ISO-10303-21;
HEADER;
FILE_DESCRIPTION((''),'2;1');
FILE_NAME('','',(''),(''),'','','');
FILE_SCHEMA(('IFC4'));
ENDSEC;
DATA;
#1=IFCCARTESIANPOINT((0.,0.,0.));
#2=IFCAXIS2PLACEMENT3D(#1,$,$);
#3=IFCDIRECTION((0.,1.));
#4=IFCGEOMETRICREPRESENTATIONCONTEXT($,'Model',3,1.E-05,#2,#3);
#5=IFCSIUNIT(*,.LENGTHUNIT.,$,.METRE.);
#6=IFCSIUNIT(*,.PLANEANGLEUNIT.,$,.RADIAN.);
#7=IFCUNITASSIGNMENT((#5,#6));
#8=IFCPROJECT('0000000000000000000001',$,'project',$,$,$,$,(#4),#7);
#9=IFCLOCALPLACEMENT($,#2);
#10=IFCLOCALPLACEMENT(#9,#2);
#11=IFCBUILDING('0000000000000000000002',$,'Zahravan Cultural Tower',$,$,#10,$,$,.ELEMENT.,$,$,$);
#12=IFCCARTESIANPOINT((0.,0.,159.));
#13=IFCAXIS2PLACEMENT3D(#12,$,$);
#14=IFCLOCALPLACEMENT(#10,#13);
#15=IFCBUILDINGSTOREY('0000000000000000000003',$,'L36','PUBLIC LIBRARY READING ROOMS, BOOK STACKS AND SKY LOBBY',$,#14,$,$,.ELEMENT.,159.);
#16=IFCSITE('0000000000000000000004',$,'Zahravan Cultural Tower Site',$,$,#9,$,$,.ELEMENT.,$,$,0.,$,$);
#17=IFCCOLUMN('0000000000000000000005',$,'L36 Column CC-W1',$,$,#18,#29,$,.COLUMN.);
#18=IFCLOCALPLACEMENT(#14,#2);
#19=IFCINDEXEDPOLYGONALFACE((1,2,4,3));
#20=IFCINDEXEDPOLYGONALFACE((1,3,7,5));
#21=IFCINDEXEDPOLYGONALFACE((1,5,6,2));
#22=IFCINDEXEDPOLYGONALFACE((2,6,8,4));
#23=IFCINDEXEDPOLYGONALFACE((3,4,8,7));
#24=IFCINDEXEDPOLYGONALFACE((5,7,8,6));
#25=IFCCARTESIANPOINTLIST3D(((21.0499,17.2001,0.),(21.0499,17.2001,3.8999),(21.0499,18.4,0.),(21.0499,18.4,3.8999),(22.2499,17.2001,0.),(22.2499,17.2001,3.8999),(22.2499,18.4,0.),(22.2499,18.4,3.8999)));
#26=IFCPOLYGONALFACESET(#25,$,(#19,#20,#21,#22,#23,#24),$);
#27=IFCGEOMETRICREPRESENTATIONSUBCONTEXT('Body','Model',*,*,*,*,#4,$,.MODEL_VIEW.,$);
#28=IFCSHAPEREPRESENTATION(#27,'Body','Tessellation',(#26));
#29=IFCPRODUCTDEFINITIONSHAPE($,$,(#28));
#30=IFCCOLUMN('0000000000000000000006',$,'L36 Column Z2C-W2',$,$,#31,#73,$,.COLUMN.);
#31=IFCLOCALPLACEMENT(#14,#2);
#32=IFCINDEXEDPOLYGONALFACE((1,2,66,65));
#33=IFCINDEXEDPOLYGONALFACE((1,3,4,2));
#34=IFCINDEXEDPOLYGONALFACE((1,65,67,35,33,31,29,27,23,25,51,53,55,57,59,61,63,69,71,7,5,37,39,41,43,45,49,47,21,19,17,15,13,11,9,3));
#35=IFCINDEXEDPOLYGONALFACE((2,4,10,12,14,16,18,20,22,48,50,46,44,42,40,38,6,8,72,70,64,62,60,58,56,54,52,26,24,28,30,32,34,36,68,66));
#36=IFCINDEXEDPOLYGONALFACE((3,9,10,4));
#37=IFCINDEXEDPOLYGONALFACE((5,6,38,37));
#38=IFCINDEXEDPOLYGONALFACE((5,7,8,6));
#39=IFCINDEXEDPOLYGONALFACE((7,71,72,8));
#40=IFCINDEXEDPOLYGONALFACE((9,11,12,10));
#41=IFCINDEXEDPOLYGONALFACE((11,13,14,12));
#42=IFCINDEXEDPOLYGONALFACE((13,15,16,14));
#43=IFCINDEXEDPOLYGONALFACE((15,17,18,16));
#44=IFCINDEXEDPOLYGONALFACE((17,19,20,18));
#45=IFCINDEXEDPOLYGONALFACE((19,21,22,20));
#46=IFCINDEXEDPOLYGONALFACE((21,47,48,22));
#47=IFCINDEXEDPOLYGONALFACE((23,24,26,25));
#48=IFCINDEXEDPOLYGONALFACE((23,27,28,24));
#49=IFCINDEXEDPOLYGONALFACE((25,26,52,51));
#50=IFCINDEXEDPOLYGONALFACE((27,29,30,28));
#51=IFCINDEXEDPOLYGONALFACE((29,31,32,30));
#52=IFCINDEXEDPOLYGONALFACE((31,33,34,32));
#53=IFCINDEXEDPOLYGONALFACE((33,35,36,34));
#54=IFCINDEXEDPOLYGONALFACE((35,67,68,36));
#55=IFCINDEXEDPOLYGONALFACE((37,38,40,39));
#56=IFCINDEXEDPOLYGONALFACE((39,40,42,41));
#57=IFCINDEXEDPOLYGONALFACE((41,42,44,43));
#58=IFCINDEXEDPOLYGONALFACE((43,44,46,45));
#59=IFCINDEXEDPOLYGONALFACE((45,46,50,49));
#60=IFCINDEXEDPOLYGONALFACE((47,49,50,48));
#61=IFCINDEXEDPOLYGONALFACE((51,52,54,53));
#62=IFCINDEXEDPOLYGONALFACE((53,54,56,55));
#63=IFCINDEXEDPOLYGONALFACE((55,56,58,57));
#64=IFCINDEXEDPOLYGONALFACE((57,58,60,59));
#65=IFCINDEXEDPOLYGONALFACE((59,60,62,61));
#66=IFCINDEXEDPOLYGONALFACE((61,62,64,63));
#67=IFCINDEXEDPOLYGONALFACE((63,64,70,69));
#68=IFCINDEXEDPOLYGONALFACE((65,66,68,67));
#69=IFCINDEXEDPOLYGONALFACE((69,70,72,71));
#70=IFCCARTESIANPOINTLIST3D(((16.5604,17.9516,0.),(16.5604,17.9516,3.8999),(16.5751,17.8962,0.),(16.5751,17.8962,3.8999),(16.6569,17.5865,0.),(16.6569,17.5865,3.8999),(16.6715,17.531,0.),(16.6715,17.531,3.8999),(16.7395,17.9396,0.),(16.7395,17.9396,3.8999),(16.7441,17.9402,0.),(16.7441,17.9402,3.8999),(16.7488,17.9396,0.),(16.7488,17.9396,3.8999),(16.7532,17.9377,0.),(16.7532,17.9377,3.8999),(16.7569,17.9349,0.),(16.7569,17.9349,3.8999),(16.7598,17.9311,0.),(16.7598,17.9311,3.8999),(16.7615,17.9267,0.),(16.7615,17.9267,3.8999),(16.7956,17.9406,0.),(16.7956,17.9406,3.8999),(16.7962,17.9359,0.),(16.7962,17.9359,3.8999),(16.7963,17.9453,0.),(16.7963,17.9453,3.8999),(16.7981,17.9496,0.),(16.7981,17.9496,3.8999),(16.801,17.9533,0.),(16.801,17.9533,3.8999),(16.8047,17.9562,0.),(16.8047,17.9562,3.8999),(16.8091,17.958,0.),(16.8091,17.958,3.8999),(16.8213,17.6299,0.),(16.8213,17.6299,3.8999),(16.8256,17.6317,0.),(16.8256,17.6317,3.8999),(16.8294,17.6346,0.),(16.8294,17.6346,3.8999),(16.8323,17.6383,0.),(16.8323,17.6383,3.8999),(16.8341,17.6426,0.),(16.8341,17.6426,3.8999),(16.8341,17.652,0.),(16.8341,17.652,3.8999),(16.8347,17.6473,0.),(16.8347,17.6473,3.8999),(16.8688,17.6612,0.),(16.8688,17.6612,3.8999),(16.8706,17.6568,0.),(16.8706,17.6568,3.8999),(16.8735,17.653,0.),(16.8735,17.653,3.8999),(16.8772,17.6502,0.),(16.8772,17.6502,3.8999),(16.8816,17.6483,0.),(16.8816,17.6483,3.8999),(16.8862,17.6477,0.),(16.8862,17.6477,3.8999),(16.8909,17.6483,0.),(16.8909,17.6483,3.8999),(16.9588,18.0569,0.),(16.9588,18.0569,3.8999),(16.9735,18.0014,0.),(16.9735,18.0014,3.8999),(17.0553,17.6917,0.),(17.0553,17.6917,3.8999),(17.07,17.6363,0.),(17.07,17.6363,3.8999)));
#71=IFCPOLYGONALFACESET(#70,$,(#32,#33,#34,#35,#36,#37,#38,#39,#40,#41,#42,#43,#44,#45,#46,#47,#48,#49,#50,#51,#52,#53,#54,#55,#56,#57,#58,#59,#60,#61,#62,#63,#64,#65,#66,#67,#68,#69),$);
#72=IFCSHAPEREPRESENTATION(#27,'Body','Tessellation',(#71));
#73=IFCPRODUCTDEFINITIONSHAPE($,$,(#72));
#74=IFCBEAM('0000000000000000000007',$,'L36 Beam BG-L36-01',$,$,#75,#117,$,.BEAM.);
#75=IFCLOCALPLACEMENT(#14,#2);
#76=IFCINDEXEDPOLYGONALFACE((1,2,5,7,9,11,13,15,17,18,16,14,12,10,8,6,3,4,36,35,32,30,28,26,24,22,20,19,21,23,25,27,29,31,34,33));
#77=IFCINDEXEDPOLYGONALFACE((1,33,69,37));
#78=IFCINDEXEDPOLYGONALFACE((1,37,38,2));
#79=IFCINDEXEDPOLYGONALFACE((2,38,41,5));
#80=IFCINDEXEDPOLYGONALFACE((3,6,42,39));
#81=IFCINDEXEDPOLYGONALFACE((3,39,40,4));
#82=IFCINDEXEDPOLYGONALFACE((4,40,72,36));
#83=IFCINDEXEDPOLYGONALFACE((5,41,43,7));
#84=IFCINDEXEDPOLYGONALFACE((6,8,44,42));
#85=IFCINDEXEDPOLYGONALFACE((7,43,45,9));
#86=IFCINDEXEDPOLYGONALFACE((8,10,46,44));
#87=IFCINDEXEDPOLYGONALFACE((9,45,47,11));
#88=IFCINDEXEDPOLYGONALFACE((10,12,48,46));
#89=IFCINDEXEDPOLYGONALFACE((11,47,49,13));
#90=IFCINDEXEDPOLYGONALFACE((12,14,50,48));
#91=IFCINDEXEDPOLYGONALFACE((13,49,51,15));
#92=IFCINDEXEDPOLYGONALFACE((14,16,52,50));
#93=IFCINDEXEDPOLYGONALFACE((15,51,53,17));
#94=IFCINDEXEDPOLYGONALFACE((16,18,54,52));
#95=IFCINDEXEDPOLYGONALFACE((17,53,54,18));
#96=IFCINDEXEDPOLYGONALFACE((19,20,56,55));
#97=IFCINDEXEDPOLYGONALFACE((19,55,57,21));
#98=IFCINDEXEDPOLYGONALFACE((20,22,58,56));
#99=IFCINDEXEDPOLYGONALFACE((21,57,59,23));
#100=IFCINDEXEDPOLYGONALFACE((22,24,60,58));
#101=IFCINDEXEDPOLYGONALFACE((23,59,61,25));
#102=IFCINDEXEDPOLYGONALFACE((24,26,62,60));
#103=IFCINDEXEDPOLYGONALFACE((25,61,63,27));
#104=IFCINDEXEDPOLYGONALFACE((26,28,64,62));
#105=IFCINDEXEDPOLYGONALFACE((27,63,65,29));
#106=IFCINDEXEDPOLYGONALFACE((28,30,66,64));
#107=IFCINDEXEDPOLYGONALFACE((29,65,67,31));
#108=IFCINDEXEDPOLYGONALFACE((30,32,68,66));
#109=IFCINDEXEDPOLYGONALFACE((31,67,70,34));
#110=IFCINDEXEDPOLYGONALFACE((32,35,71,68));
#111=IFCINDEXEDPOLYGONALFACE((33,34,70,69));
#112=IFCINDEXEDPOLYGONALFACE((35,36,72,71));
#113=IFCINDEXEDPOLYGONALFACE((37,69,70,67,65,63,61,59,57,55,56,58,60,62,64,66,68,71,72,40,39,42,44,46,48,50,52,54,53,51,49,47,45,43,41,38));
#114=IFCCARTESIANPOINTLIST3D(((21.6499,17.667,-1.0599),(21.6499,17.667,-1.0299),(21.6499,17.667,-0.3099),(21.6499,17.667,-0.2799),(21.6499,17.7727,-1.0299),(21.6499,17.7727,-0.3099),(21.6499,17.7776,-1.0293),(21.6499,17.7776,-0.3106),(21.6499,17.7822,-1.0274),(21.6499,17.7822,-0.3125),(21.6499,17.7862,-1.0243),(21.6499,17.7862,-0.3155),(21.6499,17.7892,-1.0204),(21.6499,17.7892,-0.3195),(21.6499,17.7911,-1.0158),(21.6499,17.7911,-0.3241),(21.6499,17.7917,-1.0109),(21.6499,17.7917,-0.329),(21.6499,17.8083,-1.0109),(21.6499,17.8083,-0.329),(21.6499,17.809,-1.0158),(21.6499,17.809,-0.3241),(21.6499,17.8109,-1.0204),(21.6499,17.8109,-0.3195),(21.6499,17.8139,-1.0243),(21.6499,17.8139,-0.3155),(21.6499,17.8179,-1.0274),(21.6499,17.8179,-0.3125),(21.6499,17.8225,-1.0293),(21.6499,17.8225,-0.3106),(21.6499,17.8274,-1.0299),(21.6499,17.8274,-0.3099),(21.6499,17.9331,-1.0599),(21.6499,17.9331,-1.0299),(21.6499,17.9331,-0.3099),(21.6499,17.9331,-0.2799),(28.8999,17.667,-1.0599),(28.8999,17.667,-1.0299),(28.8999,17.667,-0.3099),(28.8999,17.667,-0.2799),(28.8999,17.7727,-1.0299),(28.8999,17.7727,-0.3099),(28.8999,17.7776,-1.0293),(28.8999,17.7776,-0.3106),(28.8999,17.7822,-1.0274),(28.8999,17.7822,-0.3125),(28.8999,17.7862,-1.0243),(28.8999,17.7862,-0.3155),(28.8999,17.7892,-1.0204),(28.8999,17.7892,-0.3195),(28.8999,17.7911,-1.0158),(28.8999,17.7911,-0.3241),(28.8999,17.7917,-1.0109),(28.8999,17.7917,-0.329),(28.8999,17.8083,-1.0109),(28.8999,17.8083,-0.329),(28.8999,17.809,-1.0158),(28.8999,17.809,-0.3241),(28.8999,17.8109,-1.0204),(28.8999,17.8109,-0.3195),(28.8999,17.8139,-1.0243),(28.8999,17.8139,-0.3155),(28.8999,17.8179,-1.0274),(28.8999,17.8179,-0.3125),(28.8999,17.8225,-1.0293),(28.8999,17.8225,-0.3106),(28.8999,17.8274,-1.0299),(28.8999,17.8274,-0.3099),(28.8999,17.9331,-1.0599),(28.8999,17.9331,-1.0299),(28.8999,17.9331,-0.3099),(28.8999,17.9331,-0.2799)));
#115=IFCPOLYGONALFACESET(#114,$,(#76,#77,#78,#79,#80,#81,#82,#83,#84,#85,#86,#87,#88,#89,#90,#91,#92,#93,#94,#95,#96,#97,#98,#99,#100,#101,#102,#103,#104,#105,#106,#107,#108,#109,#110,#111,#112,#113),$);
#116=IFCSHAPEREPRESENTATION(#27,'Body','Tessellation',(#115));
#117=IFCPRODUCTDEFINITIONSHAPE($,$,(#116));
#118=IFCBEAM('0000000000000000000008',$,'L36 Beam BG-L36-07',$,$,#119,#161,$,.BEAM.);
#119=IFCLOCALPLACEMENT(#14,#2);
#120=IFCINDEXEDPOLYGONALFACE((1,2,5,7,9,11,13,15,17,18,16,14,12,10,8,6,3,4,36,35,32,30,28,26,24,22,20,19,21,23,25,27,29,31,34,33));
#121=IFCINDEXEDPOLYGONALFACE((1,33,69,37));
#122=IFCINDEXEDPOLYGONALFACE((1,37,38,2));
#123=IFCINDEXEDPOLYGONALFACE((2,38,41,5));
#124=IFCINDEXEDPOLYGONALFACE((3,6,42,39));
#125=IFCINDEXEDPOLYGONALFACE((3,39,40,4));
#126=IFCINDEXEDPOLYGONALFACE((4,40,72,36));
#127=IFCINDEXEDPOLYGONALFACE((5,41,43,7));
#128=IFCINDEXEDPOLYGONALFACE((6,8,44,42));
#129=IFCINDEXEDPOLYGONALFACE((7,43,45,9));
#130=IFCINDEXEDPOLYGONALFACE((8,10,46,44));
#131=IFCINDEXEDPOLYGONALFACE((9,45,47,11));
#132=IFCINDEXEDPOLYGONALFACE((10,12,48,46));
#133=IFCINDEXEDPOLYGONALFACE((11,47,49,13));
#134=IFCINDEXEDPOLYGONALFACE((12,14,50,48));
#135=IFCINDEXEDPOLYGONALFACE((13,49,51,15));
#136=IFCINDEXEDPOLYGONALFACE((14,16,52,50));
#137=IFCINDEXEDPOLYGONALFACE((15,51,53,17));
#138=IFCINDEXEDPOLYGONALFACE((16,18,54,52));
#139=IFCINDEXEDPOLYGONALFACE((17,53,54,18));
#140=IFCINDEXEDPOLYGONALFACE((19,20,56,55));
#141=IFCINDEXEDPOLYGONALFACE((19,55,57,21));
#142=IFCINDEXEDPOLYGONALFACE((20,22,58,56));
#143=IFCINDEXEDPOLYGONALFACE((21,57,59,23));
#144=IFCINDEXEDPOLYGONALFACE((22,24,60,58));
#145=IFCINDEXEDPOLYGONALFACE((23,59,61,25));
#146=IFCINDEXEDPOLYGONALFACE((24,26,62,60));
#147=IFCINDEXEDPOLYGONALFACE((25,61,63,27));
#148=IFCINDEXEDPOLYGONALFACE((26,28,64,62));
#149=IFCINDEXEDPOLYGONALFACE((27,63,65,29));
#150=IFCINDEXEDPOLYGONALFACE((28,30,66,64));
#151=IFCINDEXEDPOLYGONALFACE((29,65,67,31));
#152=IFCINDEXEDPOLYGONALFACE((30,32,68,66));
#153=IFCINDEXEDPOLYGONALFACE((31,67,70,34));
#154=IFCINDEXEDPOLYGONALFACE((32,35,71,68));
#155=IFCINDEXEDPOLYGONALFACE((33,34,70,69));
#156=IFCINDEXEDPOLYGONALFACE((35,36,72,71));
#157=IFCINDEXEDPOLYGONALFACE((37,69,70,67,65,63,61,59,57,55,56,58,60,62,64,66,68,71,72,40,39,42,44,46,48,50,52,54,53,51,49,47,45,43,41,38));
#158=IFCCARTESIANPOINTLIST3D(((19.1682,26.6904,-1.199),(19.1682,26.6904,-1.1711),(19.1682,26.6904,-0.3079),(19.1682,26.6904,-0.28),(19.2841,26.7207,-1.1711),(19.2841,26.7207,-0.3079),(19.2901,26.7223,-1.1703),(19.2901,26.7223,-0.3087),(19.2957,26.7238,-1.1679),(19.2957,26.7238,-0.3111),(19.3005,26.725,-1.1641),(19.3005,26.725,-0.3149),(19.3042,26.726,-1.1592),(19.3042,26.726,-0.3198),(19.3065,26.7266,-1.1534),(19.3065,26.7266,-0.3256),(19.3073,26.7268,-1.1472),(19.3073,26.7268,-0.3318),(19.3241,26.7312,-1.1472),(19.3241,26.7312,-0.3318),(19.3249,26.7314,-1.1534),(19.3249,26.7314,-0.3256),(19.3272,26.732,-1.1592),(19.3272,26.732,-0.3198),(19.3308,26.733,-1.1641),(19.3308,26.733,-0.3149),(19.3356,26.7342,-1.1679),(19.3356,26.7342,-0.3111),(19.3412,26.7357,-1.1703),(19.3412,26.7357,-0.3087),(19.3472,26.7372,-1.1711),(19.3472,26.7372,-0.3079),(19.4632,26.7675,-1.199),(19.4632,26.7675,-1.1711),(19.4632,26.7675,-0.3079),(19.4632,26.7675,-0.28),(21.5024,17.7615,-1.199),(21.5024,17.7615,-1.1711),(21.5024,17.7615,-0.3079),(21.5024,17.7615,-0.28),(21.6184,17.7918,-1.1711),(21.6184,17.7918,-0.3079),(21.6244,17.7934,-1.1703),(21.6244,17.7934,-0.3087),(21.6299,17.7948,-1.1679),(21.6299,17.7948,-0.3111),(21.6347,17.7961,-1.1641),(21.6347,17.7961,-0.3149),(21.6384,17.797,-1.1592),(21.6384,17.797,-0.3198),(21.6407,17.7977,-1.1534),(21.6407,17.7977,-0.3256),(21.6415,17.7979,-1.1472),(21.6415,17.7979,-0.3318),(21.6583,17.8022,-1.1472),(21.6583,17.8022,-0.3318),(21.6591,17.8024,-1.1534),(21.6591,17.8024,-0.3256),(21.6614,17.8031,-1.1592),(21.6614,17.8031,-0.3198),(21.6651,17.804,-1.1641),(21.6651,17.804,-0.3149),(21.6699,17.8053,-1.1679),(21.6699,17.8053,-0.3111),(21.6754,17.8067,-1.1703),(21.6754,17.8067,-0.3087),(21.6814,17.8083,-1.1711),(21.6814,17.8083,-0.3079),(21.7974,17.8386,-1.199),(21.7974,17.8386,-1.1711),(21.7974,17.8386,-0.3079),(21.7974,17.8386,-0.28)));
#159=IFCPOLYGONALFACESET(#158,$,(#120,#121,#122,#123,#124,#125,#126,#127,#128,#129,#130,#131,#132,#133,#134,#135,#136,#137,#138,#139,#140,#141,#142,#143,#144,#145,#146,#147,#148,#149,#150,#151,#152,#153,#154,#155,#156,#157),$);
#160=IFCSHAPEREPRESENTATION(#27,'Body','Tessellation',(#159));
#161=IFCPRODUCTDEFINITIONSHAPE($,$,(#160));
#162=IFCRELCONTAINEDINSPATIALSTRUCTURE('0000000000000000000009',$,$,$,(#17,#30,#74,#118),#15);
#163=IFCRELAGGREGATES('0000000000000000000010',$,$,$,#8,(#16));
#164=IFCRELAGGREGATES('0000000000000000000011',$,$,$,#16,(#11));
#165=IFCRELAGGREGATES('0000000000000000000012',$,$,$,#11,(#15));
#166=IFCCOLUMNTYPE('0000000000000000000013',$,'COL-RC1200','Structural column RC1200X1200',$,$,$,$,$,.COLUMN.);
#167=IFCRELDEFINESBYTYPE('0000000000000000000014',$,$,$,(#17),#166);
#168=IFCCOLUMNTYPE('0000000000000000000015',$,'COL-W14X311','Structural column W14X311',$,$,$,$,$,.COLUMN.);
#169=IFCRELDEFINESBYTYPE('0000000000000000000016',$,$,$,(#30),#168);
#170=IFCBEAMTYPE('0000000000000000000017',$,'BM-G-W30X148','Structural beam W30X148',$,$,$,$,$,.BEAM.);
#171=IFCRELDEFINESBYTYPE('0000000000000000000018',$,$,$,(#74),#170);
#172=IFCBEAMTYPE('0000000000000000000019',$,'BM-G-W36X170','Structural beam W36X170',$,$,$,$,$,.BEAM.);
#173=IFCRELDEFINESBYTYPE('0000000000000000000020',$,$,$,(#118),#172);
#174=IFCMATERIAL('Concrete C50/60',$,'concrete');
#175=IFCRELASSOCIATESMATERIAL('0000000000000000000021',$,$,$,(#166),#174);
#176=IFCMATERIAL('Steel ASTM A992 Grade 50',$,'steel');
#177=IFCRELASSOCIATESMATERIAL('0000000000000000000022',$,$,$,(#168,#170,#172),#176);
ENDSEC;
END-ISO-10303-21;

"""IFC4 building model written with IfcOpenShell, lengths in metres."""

from ifc_helpers import new_model, si_unit, direction, frame, origin, origin_2d, place, context, subcontext, project, spatial, rectangle, i_section, extrude, source, transform, mapped, material, material_profile, profile_set, type_object, element, save


model = new_model("IFC4")

# Units and contexts
model_context = context("Model", 3, precision=1e-05, world=origin(), true_north=direction((0.0, 1.0)))
body_context = subcontext(model_context, "Body", "Model", "MODEL_VIEW")
ifc_project = project(units=[si_unit("LENGTHUNIT", "METRE"), si_unit("PLANEANGLEUNIT", "RADIAN")], contexts=[model_context])

# Site, building, storey
site_placement = place(None, origin())
site = spatial("IfcSite", under=ifc_project, at=site_placement, Name="Zahravan Cultural Tower Site", CompositionType="ELEMENT", RefElevation=0.0)
building_placement = place(site_placement, origin())
building = spatial("IfcBuilding", under=site, at=building_placement, Name="Zahravan Cultural Tower", CompositionType="ELEMENT")
storey_placement = place(building_placement, frame((0.0, 0.0, 159.0)))
storey = spatial("IfcBuildingStorey", under=building, at=storey_placement, Name="L36", Description="PUBLIC LIBRARY READING ROOMS, BOOK STACKS AND SKY LOBBY", CompositionType="ELEMENT", Elevation=159.0)

# Columns
ifc_material_1 = material(Name="Concrete C50/60", Category="concrete")
ifc_material_profile_1 = material_profile(ifc_material_1, rectangle(XDim=1.2, YDim=1.2, at=origin_2d()), Name="RC1200X1200")
ifc_profile_set_1 = profile_set([ifc_material_profile_1], Name="Concrete C50/60")
column_type_1 = type_object("IfcColumnType", Name="COL-RC1200", Description="Structural column RC1200X1200", PredefinedType="COLUMN", material=ifc_profile_set_1)
shared_shape_1 = source(origin(), body_context, "Body", "SweptSolid", [
    extrude(rectangle(XDim=1.2, YDim=1.2, at=origin_2d()), origin(), (0.0, 0.0, 1.0), 3.8999),
])
column_1_placement = place(storey_placement, frame((21.6499, 17.8, 0.0), z_axis=(0.0, 0.0, 1.0), x_axis=(1.0, 0.0, 0.0)))
element("IfcColumn", 1, at=column_1_placement, inside=storey, type_object=column_type_1, Name="L36 Column CC-W1", PredefinedType="COLUMN", context=body_context, shape_type="MappedRepresentation", body=[
    mapped(shared_shape_1, transform((0.0, 0.0, 0.0), x_axis=(1.0, 0.0, 0.0), y_axis=(0.0, 1.0, 0.0), z_axis=(0.0, 0.0, 1.0), scale=1.0)),
])
ifc_material_2 = material(Name="Steel ASTM A992 Grade 50", Category="steel")
ifc_material_profile_2 = material_profile(ifc_material_2, i_section(OverallWidth=0.4121, OverallDepth=0.4351, WebThickness=0.0359, FlangeThickness=0.0574, FilletRadius=0.0181, at=origin_2d()), Name="W14X311")
ifc_profile_set_2 = profile_set([ifc_material_profile_2], Name="Steel ASTM A992 Grade 50")
column_type_2 = type_object("IfcColumnType", Name="COL-W14X311", Description="Structural column W14X311", PredefinedType="COLUMN", material=ifc_profile_set_2)
shared_shape_2 = source(origin(), body_context, "Body", "SweptSolid", [
    extrude(i_section(OverallWidth=0.4121, OverallDepth=0.4351, WebThickness=0.0359, FlangeThickness=0.0574, FilletRadius=0.0181, at=origin_2d()), origin(), (0.0, 0.0, 1.0), 3.8999),
])
column_2_placement = place(storey_placement, frame((16.8152, 17.7939, 0.0), z_axis=(0.0, 0.0, 1.0), x_axis=(0.966823, 0.255446, 0.0)))
element("IfcColumn", 2, at=column_2_placement, inside=storey, type_object=column_type_2, Name="L36 Column Z2C-W2", PredefinedType="COLUMN", context=body_context, shape_type="MappedRepresentation", body=[
    mapped(shared_shape_2, transform((0.0, 0.0, 0.0), x_axis=(1.0, 0.0, 0.0), y_axis=(0.0, 1.0, 0.0), z_axis=(0.0, 0.0, 1.0), scale=1.0)),
])

# Beams
ifc_material_profile_3 = material_profile(ifc_material_2, i_section(OverallWidth=0.2661, OverallDepth=0.78, WebThickness=0.0166, FlangeThickness=0.03, FilletRadius=0.019, at=origin_2d()), Name="W30X148")
ifc_profile_set_3 = profile_set([ifc_material_profile_3], Name="Steel ASTM A992 Grade 50")
beam_type_1 = type_object("IfcBeamType", Name="BM-G-W30X148", Description="Structural beam W30X148", PredefinedType="BEAM", material=ifc_profile_set_3)
shared_shape_3 = source(origin(), body_context, "Body", "SweptSolid", [
    extrude(i_section(OverallWidth=0.2661, OverallDepth=0.78, WebThickness=0.0166, FlangeThickness=0.03, FilletRadius=0.019, at=origin_2d()), origin(), (0.0, 0.0, 1.0), 7.25),
])
beam_1_placement = place(storey_placement, frame((21.6499, 17.8, -0.6699), z_axis=(1.0, 0.0, 0.0), x_axis=(0.0, 1.0, 0.0)))
element("IfcBeam", 3, at=beam_1_placement, inside=storey, type_object=beam_type_1, Name="L36 Beam BG-L36-01", PredefinedType="BEAM", context=body_context, shape_type="MappedRepresentation", body=[
    mapped(shared_shape_3, transform((0.0, 0.0, 0.0), x_axis=(1.0, 0.0, 0.0), y_axis=(0.0, 1.0, 0.0), z_axis=(0.0, 0.0, 1.0), scale=1.0)),
])
ifc_material_profile_4 = material_profile(ifc_material_2, i_section(OverallWidth=0.3049, OverallDepth=0.9189, WebThickness=0.0173, FlangeThickness=0.0278, FilletRadius=0.0239, at=origin_2d()), Name="W36X170")
ifc_profile_set_4 = profile_set([ifc_material_profile_4], Name="Steel ASTM A992 Grade 50")
beam_type_2 = type_object("IfcBeamType", Name="BM-G-W36X170", Description="Structural beam W36X170", PredefinedType="BEAM", material=ifc_profile_set_4)
shared_shape_4 = source(origin(), body_context, "Body", "SweptSolid", [
    extrude(i_section(OverallWidth=0.3049, OverallDepth=0.9189, WebThickness=0.0173, FlangeThickness=0.0278, FilletRadius=0.0239, at=origin_2d()), origin(), (0.0, 0.0, 1.0), 9.229),
])
beam_2_placement = place(storey_placement, frame((21.6499, 17.8, -0.7395), z_axis=(-0.252923, 0.967487, 0.0), x_axis=(-0.967487, -0.252923, 0.0)))
element("IfcBeam", 4, at=beam_2_placement, inside=storey, type_object=beam_type_2, Name="L36 Beam BG-L36-07", PredefinedType="BEAM", context=body_context, shape_type="MappedRepresentation", body=[
    mapped(shared_shape_4, transform((0.0, 0.0, 0.0), x_axis=(1.0, 0.0, 0.0), y_axis=(0.0, 1.0, 0.0), z_axis=(0.0, 0.0, 1.0), scale=1.0)),
])

save(model, "model.ifc")
